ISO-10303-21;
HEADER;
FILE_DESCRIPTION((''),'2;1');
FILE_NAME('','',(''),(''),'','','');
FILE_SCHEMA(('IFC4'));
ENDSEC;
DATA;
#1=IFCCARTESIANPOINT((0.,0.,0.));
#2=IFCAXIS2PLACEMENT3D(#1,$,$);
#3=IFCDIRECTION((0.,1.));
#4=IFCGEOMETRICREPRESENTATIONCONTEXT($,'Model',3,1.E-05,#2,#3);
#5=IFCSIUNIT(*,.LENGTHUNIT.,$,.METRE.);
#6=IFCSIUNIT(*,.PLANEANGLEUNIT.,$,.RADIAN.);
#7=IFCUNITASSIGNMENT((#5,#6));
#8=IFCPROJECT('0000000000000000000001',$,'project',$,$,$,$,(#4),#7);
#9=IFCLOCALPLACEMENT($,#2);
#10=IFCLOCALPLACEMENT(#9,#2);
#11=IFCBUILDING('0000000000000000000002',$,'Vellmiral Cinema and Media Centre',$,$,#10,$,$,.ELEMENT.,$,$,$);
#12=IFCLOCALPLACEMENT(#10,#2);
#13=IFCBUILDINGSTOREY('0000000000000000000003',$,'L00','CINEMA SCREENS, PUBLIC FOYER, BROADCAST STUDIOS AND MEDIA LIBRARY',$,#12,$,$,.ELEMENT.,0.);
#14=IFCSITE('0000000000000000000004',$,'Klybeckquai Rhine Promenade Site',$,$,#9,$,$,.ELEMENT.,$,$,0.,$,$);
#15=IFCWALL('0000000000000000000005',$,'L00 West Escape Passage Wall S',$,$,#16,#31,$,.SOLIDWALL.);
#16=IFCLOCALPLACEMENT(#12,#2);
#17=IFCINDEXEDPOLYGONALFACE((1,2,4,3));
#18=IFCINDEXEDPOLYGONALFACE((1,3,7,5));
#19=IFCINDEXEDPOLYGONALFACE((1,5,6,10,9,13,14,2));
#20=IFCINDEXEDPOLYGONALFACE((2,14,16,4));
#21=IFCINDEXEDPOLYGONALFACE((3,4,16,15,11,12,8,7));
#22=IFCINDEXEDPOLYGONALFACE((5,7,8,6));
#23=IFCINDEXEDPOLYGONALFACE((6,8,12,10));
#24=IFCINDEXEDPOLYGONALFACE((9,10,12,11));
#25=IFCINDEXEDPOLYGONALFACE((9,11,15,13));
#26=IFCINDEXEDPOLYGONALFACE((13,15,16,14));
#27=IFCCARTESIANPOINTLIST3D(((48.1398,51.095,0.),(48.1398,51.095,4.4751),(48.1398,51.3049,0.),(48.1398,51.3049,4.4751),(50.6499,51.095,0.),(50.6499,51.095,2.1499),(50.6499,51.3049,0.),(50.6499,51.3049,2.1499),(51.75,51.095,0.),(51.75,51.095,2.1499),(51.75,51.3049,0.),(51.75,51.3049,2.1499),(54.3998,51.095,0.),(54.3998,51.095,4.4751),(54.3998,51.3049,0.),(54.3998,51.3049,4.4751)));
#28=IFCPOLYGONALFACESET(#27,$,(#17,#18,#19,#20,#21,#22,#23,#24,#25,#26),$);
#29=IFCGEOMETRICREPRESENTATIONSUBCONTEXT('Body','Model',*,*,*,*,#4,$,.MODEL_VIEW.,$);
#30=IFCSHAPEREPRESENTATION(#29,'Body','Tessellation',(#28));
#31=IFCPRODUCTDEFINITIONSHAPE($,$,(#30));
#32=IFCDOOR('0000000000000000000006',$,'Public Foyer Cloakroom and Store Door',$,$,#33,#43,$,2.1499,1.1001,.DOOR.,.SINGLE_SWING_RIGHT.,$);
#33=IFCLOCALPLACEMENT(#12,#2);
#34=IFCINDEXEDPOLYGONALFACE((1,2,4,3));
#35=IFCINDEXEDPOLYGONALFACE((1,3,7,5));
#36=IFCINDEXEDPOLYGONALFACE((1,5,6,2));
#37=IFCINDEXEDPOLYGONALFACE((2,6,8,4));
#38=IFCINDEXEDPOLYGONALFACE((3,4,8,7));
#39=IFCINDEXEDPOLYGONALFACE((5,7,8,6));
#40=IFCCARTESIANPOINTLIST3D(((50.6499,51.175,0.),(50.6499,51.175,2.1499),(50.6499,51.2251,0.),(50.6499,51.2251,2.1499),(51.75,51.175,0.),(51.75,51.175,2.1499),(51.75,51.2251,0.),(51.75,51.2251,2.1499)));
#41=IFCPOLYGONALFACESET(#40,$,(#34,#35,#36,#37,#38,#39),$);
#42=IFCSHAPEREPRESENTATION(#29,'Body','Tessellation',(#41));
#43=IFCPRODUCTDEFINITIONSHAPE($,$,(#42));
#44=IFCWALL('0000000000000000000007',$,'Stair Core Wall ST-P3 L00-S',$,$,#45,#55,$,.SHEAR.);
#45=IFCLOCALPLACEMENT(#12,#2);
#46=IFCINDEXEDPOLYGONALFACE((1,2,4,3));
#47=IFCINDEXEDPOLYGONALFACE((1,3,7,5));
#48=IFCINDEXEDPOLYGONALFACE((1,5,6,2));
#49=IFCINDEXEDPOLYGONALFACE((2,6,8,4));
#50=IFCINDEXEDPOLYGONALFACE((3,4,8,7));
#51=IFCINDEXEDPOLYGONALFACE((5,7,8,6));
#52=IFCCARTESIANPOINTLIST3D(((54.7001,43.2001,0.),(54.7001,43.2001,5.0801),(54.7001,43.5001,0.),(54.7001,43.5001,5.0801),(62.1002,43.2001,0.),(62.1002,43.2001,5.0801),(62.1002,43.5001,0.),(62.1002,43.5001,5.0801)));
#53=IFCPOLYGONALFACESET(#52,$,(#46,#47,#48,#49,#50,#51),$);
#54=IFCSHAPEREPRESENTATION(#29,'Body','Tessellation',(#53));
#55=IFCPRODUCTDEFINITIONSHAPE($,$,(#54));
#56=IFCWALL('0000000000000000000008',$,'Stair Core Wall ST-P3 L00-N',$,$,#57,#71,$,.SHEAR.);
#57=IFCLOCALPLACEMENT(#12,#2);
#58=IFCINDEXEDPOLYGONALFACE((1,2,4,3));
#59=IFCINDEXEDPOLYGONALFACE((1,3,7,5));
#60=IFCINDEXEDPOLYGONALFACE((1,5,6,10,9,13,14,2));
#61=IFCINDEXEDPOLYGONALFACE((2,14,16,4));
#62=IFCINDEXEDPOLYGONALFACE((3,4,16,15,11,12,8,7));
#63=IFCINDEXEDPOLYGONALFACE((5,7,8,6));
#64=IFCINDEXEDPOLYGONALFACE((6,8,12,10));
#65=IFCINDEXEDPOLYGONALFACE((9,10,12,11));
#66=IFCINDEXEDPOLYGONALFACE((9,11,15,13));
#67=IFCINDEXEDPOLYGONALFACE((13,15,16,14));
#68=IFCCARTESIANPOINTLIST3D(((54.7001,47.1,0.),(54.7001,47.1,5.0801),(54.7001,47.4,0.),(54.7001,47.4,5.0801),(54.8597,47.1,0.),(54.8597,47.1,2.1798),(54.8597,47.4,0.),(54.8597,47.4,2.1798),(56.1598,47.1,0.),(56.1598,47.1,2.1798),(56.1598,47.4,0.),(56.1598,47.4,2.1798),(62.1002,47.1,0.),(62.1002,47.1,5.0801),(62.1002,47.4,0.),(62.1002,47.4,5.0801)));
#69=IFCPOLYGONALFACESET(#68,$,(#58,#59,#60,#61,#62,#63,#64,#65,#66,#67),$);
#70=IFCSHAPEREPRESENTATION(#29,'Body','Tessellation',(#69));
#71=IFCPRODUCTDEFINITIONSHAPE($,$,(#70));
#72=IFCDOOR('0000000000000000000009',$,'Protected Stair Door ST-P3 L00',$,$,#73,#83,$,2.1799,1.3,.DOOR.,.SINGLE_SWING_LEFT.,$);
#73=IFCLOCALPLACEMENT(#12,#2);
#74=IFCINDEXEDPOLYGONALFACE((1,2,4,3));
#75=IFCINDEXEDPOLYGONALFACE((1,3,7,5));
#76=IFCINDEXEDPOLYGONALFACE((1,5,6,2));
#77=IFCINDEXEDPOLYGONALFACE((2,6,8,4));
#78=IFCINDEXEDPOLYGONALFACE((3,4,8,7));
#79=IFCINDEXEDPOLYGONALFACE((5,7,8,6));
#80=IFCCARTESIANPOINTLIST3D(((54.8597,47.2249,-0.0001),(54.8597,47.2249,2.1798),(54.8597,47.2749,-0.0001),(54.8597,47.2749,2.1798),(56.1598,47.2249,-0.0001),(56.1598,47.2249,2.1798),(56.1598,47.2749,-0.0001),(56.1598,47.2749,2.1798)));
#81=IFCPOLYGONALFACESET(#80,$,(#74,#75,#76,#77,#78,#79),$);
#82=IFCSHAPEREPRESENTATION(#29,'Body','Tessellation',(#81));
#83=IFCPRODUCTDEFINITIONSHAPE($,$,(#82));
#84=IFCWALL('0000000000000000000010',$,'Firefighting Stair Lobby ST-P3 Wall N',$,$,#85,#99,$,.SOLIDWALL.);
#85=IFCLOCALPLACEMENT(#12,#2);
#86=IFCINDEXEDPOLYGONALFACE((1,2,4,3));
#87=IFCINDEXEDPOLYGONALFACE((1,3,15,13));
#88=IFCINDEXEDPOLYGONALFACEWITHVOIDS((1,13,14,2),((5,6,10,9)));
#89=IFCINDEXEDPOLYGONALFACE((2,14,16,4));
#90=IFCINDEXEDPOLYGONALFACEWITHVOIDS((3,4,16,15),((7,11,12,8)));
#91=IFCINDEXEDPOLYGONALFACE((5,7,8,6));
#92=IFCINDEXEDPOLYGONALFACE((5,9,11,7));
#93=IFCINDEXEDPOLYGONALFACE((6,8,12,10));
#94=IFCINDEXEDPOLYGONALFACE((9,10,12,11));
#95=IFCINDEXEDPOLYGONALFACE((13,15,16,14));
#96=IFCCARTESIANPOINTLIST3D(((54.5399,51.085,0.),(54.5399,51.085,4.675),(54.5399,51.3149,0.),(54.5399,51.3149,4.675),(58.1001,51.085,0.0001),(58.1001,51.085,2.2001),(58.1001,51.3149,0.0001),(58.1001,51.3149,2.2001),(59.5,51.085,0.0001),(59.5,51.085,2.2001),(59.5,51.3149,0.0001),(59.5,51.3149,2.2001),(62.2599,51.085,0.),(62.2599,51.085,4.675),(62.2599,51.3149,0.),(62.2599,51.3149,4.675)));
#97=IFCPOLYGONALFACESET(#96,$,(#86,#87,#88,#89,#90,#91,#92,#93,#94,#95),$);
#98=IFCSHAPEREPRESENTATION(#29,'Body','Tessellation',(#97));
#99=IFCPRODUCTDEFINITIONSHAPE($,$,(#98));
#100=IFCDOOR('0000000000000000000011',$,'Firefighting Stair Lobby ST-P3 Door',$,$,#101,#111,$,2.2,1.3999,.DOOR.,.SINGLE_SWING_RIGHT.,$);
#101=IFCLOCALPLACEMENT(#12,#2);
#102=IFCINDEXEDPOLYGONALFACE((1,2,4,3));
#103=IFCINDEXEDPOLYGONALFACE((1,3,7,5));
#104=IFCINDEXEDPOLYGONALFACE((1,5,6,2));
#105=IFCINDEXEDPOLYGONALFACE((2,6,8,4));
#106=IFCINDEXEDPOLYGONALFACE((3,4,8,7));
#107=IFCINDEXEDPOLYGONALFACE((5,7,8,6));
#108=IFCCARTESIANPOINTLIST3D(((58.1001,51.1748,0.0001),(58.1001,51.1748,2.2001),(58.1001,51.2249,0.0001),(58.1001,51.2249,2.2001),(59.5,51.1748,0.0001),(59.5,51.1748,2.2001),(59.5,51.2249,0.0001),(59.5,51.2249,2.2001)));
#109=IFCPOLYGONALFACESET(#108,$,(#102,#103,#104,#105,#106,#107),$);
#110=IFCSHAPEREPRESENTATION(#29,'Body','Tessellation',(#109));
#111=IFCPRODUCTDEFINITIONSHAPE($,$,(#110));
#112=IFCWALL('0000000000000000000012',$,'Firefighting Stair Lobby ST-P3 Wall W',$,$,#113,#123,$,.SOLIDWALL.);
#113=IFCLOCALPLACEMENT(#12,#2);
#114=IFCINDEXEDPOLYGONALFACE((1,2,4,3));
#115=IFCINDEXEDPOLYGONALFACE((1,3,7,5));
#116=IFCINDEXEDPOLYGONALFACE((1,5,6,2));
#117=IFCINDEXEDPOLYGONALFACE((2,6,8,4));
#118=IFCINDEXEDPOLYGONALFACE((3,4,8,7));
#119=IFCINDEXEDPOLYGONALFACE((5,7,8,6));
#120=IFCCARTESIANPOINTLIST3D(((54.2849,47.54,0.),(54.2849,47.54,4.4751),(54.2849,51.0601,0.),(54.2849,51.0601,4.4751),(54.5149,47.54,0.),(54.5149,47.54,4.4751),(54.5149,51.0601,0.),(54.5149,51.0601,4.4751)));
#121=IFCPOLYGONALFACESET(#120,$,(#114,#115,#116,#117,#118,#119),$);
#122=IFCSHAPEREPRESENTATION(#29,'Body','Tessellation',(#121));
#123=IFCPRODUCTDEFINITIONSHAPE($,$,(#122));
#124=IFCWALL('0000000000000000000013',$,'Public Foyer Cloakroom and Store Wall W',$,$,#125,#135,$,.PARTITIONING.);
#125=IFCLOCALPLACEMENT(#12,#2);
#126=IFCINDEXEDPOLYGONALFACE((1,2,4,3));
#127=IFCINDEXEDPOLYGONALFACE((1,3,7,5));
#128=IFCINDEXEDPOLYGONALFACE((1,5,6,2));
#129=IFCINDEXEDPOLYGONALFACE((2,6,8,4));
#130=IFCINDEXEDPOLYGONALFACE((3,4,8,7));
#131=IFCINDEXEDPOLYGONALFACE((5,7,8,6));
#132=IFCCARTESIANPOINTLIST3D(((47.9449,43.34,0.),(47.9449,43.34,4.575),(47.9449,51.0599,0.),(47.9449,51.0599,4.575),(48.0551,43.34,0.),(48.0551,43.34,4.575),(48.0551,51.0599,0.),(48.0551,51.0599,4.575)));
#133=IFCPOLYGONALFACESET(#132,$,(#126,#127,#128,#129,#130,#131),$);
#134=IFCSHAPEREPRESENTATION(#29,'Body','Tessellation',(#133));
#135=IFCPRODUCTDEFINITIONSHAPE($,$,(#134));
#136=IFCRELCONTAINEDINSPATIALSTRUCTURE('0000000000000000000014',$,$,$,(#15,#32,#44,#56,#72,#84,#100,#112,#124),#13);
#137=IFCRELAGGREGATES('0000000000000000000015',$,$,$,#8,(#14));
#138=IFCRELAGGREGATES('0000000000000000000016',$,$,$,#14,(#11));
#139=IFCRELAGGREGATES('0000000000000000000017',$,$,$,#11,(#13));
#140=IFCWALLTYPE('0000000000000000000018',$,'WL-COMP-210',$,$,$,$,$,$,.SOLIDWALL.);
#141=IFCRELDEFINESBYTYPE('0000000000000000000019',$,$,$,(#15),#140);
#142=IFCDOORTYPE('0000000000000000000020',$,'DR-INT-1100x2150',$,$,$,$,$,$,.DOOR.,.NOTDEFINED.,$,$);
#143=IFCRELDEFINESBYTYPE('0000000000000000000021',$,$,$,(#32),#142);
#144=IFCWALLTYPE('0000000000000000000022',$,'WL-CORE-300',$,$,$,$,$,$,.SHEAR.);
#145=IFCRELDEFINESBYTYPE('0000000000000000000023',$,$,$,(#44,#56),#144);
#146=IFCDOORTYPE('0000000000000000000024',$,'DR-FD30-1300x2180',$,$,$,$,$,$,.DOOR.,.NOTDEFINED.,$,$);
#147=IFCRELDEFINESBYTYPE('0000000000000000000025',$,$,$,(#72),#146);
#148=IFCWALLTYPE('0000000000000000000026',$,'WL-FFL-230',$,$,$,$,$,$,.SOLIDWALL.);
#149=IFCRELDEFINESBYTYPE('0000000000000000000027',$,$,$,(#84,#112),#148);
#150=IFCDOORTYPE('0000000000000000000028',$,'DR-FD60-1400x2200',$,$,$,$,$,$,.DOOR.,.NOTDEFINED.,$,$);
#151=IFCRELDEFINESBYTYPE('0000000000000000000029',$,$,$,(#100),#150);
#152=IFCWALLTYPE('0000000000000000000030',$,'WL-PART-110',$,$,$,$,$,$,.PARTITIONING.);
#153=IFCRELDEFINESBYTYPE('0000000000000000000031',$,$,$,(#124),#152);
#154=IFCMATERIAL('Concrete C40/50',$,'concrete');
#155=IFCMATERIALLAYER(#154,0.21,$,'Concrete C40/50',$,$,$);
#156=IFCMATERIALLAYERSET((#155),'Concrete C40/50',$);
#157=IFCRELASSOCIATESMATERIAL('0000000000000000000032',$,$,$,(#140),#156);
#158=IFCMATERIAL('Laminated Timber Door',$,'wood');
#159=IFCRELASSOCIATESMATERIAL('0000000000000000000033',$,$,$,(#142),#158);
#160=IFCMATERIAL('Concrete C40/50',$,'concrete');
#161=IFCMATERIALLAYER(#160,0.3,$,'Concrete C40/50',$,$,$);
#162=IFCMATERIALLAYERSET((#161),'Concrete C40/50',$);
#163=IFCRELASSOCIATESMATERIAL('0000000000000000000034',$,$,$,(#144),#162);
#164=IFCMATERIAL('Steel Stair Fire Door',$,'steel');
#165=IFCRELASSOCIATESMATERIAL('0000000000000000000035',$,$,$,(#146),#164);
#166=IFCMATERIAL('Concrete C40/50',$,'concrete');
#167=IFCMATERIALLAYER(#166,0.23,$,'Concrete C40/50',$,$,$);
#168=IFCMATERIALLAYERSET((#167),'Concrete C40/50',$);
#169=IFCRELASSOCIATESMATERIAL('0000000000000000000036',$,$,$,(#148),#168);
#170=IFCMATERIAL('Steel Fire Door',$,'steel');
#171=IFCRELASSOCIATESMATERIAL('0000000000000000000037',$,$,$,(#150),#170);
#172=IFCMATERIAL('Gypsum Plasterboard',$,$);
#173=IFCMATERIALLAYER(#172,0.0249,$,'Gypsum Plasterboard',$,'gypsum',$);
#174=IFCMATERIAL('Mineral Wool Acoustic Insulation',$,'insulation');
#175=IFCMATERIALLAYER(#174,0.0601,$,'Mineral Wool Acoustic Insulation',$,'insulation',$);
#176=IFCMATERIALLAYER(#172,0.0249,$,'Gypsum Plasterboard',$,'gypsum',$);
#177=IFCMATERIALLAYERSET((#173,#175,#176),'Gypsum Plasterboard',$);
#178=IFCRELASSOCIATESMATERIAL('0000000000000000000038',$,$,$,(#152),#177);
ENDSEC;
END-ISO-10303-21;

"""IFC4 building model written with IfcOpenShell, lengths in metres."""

from ifc_helpers import new_model, si_unit, direction, frame, frame_2d, origin, place, context, subcontext, project, spatial, rectangle, extrude, material, layer, layer_set, type_object, element, fill, save


model = new_model("IFC4")

# Units and contexts
model_context = context("Model", 3, precision=1e-05, world=origin(), true_north=direction((0.0, 1.0)))
body_context = subcontext(model_context, "Body", "Model", "MODEL_VIEW")
ifc_project = project(units=[si_unit("LENGTHUNIT", "METRE"), si_unit("PLANEANGLEUNIT", "RADIAN")], contexts=[model_context])

# Site, building, storey
site_placement = place(None, origin())
site = spatial("IfcSite", under=ifc_project, at=site_placement, Name="Klybeckquai Rhine Promenade Site", CompositionType="ELEMENT", RefElevation=0.0)
building_placement = place(site_placement, origin())
building = spatial("IfcBuilding", under=site, at=building_placement, Name="Vellmiral Cinema and Media Centre", CompositionType="ELEMENT")
storey_placement = place(building_placement, origin())
storey = spatial("IfcBuildingStorey", under=building, at=storey_placement, Name="L00", Description="CINEMA SCREENS, PUBLIC FOYER, BROADCAST STUDIOS AND MEDIA LIBRARY", CompositionType="ELEMENT", Elevation=0.0)

# Wall, opening, door
ifc_material_1 = material(Name="Concrete C40/50", Category="concrete")
ifc_layer_1 = layer(ifc_material_1, 0.21, Name="Concrete C40/50")
ifc_layer_set_1 = layer_set([ifc_layer_1], Name="Concrete C40/50")
wall_type_1 = type_object("IfcWallType", Name="WL-COMP-210", PredefinedType="SOLIDWALL", material=ifc_layer_set_1)
wall_1_placement = place(storey_placement, frame((48.1399, 51.2, 0.0), z_axis=(0.0, 0.0, 1.0), x_axis=(1.0, 0.0, 0.0)))
wall_1 = element("IfcWall", 1, at=wall_1_placement, inside=storey, type_object=wall_type_1, Name="L00 West Escape Passage Wall S", PredefinedType="SOLIDWALL", context=body_context, shape_type="SweptSolid", body=[
    extrude(rectangle(XDim=6.26, YDim=0.21, at=frame_2d((3.1299, 0.0))), origin(), (0.0, 0.0, 1.0), 4.4751),
])
opening_1_placement = place(wall_1_placement, frame((2.51, 0.0, 0.0)))
opening_1 = element("IfcOpeningElement", 2, at=opening_1_placement, cuts=wall_1, PredefinedType="OPENING", context=body_context, shape_type="SweptSolid", body=[
    extrude(rectangle(XDim=1.1001, YDim=2.1499, at=frame_2d((0.55, 1.075))), frame((0.0, 0.1169, 0.0), z_axis=(0.0, -1.0, 0.0), x_axis=(1.0, 0.0, 0.0)), (0.0, 0.0, 1.0), 0.2339),
])
ifc_material_2 = material(Name="Laminated Timber Door", Category="wood")
door_type_1 = type_object("IfcDoorType", Name="DR-INT-1100x2150", OperationType="NOTDEFINED", PredefinedType="DOOR", material=ifc_material_2)
door_1_placement = place(opening_1_placement, frame((1.1001, 0.0, 0.0), z_axis=(0.0, 0.0, 1.0), x_axis=(-1.0, 0.0, 0.0)))
door_1 = element("IfcDoor", 3, at=door_1_placement, inside=storey, type_object=door_type_1, Name="Public Foyer Cloakroom and Store Door", OperationType="SINGLE_SWING_RIGHT", OverallHeight=2.1499, OverallWidth=1.1001, PredefinedType="DOOR", context=body_context, shape_type="SweptSolid", body=[
    extrude(rectangle(XDim=1.1001, YDim=2.1499, at=frame_2d((0.55, 1.075))), frame((0.0, 0.0249, 0.0), z_axis=(0.0, -1.0, 0.0), x_axis=(1.0, 0.0, 0.0)), (0.0, 0.0, 1.0), 0.05),
])
fill(opening_1, door_1)

# Wall
ifc_material_3 = material(Name="Concrete C40/50", Category="concrete")
ifc_layer_2 = layer(ifc_material_3, 0.3, Name="Concrete C40/50")
ifc_layer_set_2 = layer_set([ifc_layer_2], Name="Concrete C40/50")
wall_type_2 = type_object("IfcWallType", Name="WL-CORE-300", PredefinedType="SHEAR", material=ifc_layer_set_2)
wall_2_placement = place(storey_placement, frame((54.7, 43.3501, 0.0), z_axis=(0.0, 0.0, 1.0), x_axis=(1.0, 0.0, 0.0)))
element("IfcWall", 4, at=wall_2_placement, inside=storey, type_object=wall_type_2, Name="Stair Core Wall ST-P3 L00-S", PredefinedType="SHEAR", context=body_context, shape_type="SweptSolid", body=[
    extrude(rectangle(XDim=7.4001, YDim=0.3, at=frame_2d((3.7002, 0.0))), origin(), (0.0, 0.0, 1.0), 5.0801),
])

# Walls, openings, doors
wall_3_placement = place(storey_placement, frame((54.7, 47.25, 0.0), z_axis=(0.0, 0.0, 1.0), x_axis=(1.0, 0.0, 0.0)))
wall_3 = element("IfcWall", 5, at=wall_3_placement, inside=storey, type_object=wall_type_2, Name="Stair Core Wall ST-P3 L00-N", PredefinedType="SHEAR", context=body_context, shape_type="SweptSolid", body=[
    extrude(rectangle(XDim=7.4001, YDim=0.3, at=frame_2d((3.7002, 0.0))), origin(), (0.0, 0.0, 1.0), 5.0801),
])
opening_2_placement = place(wall_3_placement, frame((0.1599, 0.0, 0.0)))
opening_2 = element("IfcOpeningElement", 6, at=opening_2_placement, cuts=wall_3, PredefinedType="OPENING", context=body_context, shape_type="SweptSolid", body=[
    extrude(rectangle(XDim=1.3, YDim=2.1799, at=frame_2d((0.6499, 1.0898))), frame((0.0, 0.1621, 0.0), z_axis=(0.0, -1.0, 0.0), x_axis=(1.0, 0.0, 0.0)), (0.0, 0.0, 1.0), 0.324),
])
ifc_material_4 = material(Name="Steel Stair Fire Door", Category="steel")
door_type_2 = type_object("IfcDoorType", Name="DR-FD30-1300x2180", OperationType="NOTDEFINED", PredefinedType="DOOR", material=ifc_material_4)
door_2_placement = place(opening_2_placement, origin())
door_2 = element("IfcDoor", 7, at=door_2_placement, inside=storey, type_object=door_type_2, Name="Protected Stair Door ST-P3 L00", OperationType="SINGLE_SWING_LEFT", OverallHeight=2.1799, OverallWidth=1.3, PredefinedType="DOOR", context=body_context, shape_type="SweptSolid", body=[
    extrude(rectangle(XDim=1.3, YDim=2.1799, at=frame_2d((0.6499, 1.0898))), frame((0.0, 0.0249, 0.0), z_axis=(0.0, -1.0, 0.0), x_axis=(1.0, 0.0, 0.0)), (0.0, 0.0, 1.0), 0.05),
])
fill(opening_2, door_2)
ifc_material_5 = material(Name="Concrete C40/50", Category="concrete")
ifc_layer_3 = layer(ifc_material_5, 0.23, Name="Concrete C40/50")
ifc_layer_set_3 = layer_set([ifc_layer_3], Name="Concrete C40/50")
wall_type_3 = type_object("IfcWallType", Name="WL-FFL-230", PredefinedType="SOLIDWALL", material=ifc_layer_set_3)
wall_4_placement = place(storey_placement, frame((54.54, 51.2, 0.0), z_axis=(0.0, 0.0, 1.0), x_axis=(1.0, 0.0, 0.0)))
wall_4 = element("IfcWall", 8, at=wall_4_placement, inside=storey, type_object=wall_type_3, Name="Firefighting Stair Lobby ST-P3 Wall N", PredefinedType="SOLIDWALL", context=body_context, shape_type="SweptSolid", body=[
    extrude(rectangle(XDim=7.72, YDim=0.23, at=frame_2d((3.8599, 0.0))), origin(), (0.0, 0.0, 1.0), 4.675),
])
opening_3_placement = place(wall_4_placement, frame((3.5601, 0.0, 0.0)))
opening_3 = element("IfcOpeningElement", 9, at=opening_3_placement, cuts=wall_4, PredefinedType="OPENING", context=body_context, shape_type="SweptSolid", body=[
    extrude(rectangle(XDim=1.3999, YDim=2.2, at=frame_2d((0.7, 1.1001))), frame((0.0, 0.127, 0.0), z_axis=(0.0, -1.0, 0.0), x_axis=(1.0, 0.0, 0.0)), (0.0, 0.0, 1.0), 0.2539),
])
ifc_material_6 = material(Name="Steel Fire Door", Category="steel")
door_type_3 = type_object("IfcDoorType", Name="DR-FD60-1400x2200", OperationType="NOTDEFINED", PredefinedType="DOOR", material=ifc_material_6)
door_3_placement = place(opening_3_placement, origin())
door_3 = element("IfcDoor", 10, at=door_3_placement, inside=storey, type_object=door_type_3, Name="Firefighting Stair Lobby ST-P3 Door", OperationType="SINGLE_SWING_RIGHT", OverallHeight=2.2, OverallWidth=1.3999, PredefinedType="DOOR", context=body_context, shape_type="SweptSolid", body=[
    extrude(rectangle(XDim=1.3999, YDim=2.2, at=frame_2d((0.7, 1.1001))), frame((0.0, 0.0249, 0.0), z_axis=(0.0, -1.0, 0.0), x_axis=(1.0, 0.0, 0.0)), (0.0, 0.0, 1.0), 0.05),
])
fill(opening_3, door_3)

# Walls
wall_5_placement = place(storey_placement, frame((54.3999, 47.54, 0.0), z_axis=(0.0, 0.0, 1.0), x_axis=(0.0, 1.0, 0.0)))
element("IfcWall", 11, at=wall_5_placement, inside=storey, type_object=wall_type_3, Name="Firefighting Stair Lobby ST-P3 Wall W", PredefinedType="SOLIDWALL", context=body_context, shape_type="SweptSolid", body=[
    extrude(rectangle(XDim=3.52, YDim=0.23, at=frame_2d((1.76, 0.0))), origin(), (0.0, 0.0, 1.0), 4.4751),
])
ifc_material_7 = material(Name="Gypsum Plasterboard")
ifc_layer_4 = layer(ifc_material_7, 0.0249, Name="Gypsum Plasterboard", Category="gypsum")
ifc_material_8 = material(Name="Mineral Wool Acoustic Insulation", Category="insulation")
ifc_layer_5 = layer(ifc_material_8, 0.0601, Name="Mineral Wool Acoustic Insulation", Category="insulation")
ifc_layer_6 = layer(ifc_material_7, 0.0249, Name="Gypsum Plasterboard", Category="gypsum")
ifc_layer_set_4 = layer_set([ifc_layer_4, ifc_layer_5, ifc_layer_6], Name="Gypsum Plasterboard")
wall_type_4 = type_object("IfcWallType", Name="WL-PART-110", PredefinedType="PARTITIONING", material=ifc_layer_set_4)
wall_6_placement = place(storey_placement, frame((48.0, 43.3401, 0.0), z_axis=(0.0, 0.0, 1.0), x_axis=(0.0, 1.0, 0.0)))
element("IfcWall", 12, at=wall_6_placement, inside=storey, type_object=wall_type_4, Name="Public Foyer Cloakroom and Store Wall W", PredefinedType="PARTITIONING", context=body_context, shape_type="SweptSolid", body=[
    extrude(rectangle(XDim=7.72, YDim=0.1101, at=frame_2d((3.8599, 0.0))), origin(), (0.0, 0.0, 1.0), 4.575),
])

save(model, "model.ifc")
